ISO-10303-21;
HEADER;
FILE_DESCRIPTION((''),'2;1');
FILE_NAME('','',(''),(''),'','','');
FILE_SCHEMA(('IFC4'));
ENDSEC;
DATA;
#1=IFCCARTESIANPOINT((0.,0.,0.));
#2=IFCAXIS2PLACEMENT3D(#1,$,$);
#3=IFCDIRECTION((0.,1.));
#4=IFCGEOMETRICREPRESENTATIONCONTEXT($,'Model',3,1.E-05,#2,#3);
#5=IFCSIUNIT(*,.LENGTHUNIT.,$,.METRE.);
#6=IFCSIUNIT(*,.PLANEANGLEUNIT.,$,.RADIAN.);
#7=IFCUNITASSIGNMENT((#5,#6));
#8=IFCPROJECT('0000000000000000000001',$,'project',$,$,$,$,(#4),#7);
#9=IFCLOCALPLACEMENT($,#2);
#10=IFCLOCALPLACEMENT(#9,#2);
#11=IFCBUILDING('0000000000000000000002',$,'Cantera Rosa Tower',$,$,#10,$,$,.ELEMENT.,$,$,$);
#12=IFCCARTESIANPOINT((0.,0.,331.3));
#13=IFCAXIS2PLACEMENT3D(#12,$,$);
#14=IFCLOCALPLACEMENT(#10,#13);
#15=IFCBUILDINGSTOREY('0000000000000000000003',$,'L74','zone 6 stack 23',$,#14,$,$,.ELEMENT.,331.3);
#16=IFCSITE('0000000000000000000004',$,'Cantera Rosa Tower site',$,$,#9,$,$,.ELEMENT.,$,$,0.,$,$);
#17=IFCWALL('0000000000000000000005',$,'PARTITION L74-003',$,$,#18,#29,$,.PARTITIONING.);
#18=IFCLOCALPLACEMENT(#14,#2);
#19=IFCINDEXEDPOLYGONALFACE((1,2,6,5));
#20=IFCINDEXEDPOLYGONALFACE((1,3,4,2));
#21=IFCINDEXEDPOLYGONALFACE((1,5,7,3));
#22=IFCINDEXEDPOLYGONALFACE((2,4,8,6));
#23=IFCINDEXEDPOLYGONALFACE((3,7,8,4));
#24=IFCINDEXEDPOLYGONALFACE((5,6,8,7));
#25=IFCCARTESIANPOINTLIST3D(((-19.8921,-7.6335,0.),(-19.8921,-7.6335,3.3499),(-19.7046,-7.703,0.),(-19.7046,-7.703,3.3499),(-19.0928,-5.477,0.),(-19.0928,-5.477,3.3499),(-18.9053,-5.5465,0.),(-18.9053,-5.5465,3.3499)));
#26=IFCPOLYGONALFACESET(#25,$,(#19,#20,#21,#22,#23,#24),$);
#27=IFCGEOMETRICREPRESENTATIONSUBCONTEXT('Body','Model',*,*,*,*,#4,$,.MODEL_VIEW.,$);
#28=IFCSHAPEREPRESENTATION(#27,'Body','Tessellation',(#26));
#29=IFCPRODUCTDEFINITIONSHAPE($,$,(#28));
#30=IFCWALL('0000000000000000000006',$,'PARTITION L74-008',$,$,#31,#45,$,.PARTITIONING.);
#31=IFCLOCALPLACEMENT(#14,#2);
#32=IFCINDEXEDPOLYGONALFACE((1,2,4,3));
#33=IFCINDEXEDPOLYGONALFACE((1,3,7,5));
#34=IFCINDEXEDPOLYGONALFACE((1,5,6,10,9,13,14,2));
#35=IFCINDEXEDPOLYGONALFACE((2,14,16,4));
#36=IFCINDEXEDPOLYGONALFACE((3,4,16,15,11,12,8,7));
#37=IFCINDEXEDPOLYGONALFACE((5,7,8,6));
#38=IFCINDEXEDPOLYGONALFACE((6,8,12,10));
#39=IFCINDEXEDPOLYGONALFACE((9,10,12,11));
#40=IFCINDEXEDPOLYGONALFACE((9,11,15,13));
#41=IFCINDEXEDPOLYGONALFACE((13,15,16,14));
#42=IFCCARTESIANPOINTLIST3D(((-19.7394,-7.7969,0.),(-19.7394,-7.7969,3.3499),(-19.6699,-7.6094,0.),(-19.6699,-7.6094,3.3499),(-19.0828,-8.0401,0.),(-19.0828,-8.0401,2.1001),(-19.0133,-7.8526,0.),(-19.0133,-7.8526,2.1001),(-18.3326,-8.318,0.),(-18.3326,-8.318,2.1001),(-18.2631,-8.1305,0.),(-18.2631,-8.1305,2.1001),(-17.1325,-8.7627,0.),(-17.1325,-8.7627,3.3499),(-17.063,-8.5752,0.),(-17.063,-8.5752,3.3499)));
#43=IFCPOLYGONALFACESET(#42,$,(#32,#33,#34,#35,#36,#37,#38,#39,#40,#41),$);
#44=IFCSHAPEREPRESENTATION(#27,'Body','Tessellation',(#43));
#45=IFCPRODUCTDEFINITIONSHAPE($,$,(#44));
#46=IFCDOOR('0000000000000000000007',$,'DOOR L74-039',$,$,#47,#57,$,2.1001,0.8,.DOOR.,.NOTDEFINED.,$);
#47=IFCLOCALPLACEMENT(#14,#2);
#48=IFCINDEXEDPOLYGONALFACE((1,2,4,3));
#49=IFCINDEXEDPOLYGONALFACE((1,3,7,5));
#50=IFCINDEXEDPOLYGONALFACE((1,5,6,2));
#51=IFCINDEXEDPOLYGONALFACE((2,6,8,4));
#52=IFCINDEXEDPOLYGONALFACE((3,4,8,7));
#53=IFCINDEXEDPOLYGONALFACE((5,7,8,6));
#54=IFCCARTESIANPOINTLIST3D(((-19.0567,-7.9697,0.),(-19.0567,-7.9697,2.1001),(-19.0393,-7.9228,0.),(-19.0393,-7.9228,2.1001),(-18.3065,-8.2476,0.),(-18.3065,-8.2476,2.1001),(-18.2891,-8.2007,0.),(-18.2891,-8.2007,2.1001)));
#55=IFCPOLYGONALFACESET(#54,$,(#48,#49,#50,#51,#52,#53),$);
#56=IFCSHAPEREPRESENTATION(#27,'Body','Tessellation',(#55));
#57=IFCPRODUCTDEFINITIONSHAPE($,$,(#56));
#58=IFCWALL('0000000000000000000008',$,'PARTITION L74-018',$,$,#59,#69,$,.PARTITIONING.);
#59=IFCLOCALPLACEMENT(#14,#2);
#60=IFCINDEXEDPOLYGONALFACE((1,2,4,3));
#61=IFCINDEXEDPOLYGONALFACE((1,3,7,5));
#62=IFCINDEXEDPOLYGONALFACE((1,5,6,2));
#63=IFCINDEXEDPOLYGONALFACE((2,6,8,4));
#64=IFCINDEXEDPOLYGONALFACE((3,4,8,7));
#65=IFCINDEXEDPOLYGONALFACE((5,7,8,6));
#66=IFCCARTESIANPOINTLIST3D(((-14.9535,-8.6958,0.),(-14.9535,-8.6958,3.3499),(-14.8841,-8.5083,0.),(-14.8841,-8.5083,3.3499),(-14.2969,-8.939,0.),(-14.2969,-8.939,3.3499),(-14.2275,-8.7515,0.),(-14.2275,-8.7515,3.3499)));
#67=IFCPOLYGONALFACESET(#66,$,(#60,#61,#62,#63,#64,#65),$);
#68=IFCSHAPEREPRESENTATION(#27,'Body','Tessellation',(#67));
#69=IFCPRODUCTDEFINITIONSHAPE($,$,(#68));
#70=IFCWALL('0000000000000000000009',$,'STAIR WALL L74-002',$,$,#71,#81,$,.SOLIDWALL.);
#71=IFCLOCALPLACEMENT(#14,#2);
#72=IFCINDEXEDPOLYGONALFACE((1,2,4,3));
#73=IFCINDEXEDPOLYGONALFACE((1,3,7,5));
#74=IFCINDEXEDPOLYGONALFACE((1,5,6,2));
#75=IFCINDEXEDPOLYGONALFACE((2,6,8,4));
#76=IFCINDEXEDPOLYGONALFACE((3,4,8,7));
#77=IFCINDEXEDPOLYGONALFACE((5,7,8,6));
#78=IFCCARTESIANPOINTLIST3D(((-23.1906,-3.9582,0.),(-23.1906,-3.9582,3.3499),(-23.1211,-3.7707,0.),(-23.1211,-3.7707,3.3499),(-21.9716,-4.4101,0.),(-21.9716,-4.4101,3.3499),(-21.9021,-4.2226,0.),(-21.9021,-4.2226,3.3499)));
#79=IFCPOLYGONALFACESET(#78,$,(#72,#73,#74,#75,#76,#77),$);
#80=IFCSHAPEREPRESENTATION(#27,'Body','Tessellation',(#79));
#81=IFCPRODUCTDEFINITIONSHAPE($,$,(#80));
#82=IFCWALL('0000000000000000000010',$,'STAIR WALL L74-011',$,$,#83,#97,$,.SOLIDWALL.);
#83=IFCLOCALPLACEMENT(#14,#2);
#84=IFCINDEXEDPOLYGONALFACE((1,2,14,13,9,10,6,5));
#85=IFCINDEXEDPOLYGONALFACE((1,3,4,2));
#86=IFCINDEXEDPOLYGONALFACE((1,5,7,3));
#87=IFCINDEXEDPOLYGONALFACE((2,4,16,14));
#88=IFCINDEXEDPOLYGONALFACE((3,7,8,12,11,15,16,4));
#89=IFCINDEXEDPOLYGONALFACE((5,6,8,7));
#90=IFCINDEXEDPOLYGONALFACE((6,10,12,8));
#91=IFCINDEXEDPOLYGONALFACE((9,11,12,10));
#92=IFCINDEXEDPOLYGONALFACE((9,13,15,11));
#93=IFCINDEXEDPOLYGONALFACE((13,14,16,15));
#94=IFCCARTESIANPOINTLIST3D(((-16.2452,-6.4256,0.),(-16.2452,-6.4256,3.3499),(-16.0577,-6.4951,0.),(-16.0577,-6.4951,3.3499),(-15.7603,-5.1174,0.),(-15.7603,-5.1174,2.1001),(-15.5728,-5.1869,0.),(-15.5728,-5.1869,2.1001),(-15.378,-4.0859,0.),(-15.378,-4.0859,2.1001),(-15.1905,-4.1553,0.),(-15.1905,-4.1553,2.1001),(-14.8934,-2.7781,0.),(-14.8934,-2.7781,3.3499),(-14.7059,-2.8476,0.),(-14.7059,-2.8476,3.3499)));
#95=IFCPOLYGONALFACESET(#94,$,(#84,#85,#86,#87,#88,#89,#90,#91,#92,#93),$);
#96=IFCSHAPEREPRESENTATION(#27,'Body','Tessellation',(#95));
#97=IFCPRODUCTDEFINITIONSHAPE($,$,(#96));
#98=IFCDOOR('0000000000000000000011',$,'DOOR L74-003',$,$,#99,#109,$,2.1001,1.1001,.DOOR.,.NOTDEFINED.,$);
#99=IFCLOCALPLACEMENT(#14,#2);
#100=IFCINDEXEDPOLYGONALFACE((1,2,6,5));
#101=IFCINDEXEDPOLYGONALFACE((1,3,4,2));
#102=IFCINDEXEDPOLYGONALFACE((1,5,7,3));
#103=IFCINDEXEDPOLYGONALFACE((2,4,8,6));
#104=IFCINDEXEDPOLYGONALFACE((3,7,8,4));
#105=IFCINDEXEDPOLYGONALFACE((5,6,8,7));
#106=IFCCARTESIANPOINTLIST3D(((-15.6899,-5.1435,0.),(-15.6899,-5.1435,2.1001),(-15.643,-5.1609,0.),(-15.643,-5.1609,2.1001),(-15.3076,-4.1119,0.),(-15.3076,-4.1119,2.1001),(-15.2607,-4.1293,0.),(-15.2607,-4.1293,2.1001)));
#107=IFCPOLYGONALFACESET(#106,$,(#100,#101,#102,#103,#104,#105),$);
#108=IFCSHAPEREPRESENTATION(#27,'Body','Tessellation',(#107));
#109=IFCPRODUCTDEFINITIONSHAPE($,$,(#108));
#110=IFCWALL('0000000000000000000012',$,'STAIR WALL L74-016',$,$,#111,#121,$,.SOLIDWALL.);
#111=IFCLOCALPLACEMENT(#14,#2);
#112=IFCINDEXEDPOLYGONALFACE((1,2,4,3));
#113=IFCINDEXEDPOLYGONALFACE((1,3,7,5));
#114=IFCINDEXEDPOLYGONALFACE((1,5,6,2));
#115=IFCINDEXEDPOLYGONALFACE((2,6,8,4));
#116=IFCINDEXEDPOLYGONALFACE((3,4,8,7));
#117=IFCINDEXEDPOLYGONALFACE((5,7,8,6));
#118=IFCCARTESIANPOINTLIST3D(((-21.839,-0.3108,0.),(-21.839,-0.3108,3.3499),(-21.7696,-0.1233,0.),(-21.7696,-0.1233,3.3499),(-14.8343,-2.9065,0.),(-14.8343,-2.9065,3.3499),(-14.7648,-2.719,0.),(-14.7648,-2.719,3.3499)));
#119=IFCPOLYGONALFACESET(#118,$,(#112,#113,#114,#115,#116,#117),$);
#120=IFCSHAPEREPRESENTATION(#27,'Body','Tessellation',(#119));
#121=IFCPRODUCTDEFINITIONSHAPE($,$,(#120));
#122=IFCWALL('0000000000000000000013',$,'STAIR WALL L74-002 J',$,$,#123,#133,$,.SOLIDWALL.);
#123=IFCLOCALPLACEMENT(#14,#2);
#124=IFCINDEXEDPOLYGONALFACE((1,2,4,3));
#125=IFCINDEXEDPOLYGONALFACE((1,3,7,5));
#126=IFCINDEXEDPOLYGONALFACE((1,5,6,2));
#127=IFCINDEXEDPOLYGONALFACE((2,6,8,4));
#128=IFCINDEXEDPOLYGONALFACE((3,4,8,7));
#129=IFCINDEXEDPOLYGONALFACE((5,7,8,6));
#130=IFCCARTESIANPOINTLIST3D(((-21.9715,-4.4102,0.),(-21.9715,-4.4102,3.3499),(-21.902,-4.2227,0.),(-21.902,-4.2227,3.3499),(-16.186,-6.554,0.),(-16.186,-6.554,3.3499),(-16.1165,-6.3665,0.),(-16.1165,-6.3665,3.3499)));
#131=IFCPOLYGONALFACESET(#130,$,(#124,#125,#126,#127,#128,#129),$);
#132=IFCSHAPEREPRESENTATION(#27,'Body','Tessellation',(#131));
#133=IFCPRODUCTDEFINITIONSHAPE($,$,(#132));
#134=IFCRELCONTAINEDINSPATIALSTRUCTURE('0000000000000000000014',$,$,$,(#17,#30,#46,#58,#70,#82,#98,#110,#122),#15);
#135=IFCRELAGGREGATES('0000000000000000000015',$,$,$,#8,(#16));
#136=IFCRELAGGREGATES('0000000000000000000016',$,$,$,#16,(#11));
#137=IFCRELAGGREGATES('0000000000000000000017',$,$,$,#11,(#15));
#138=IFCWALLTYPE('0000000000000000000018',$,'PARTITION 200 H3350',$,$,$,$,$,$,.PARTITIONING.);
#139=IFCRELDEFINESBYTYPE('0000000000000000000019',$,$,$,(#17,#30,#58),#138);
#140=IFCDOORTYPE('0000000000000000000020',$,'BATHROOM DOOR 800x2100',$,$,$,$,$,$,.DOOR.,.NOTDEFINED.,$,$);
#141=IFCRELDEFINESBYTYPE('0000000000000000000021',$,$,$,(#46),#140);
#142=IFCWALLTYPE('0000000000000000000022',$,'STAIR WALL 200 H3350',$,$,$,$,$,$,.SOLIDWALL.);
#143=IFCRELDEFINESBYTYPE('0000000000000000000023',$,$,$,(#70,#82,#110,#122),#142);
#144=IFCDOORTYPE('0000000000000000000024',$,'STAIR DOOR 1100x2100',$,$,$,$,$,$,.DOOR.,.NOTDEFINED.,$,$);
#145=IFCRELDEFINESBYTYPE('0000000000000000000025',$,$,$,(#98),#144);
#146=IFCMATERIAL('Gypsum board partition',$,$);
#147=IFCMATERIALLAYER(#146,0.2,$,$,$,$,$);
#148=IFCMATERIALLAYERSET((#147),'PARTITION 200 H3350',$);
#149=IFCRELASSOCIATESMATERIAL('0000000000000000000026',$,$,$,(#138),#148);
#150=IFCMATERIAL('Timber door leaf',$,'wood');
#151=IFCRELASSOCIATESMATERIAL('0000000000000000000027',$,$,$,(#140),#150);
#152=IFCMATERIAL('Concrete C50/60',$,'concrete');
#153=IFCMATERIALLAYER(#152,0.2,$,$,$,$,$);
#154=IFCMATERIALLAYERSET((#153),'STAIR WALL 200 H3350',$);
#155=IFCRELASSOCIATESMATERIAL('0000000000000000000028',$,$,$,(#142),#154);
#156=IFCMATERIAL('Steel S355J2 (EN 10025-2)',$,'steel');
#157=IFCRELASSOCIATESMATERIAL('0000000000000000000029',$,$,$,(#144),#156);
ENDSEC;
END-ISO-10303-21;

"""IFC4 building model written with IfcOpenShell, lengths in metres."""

from ifc_helpers import new_model, si_unit, direction, frame, frame_2d, origin, place, context, subcontext, project, spatial, rectangle, extrude, material, layer, layer_set, type_object, element, fill, save


model = new_model("IFC4")

# Units and contexts
model_context = context("Model", 3, precision=1e-05, world=origin(), true_north=direction((0.0, 1.0)))
body_context = subcontext(model_context, "Body", "Model", "MODEL_VIEW")
ifc_project = project(units=[si_unit("LENGTHUNIT", "METRE"), si_unit("PLANEANGLEUNIT", "RADIAN")], contexts=[model_context])

# Site, building, storey
site_placement = place(None, origin())
site = spatial("IfcSite", under=ifc_project, at=site_placement, Name="Cantera Rosa Tower site", CompositionType="ELEMENT", RefElevation=0.0)
building_placement = place(site_placement, origin())
building = spatial("IfcBuilding", under=site, at=building_placement, Name="Cantera Rosa Tower", CompositionType="ELEMENT")
storey_placement = place(building_placement, frame((0.0, 0.0, 331.3)))
storey = spatial("IfcBuildingStorey", under=building, at=storey_placement, Name="L74", Description="zone 6 stack 23", CompositionType="ELEMENT", Elevation=331.3)

# Shared definitions
ifc_material_1 = material(Name="Gypsum board partition")
ifc_layer_1 = layer(ifc_material_1, 0.2)
ifc_layer_set_1 = layer_set([ifc_layer_1], Name="PARTITION 200 H3350")
wall_type_1 = type_object("IfcWallType", Name="PARTITION 200 H3350", PredefinedType="PARTITIONING", material=ifc_layer_set_1)

# Wall
wall_1_placement = place(storey_placement, frame((-19.7983, -7.6682, 0.0), z_axis=(0.0, 0.0, 1.0), x_axis=(0.347549, 0.937662, 0.0)))
element("IfcWall", 1, at=wall_1_placement, inside=storey, type_object=wall_type_1, Name="PARTITION L74-003", PredefinedType="PARTITIONING", context=body_context, shape_type="SweptSolid", body=[
    extrude(rectangle(XDim=2.2998, YDim=0.2, at=frame_2d((1.1499, 0.0))), origin(), (0.0, 0.0, 1.0), 3.3499),
])

# Wall, opening, door
wall_2_placement = place(storey_placement, frame((-17.0977, -8.6689, 0.0), z_axis=(0.0, 0.0, 1.0), x_axis=(-0.937715, 0.347406, 0.0)))
wall_2 = element("IfcWall", 2, at=wall_2_placement, inside=storey, type_object=wall_type_1, Name="PARTITION L74-008", PredefinedType="PARTITIONING", context=body_context, shape_type="SweptSolid", body=[
    extrude(rectangle(XDim=2.78, YDim=0.2, at=frame_2d((1.3901, 0.0))), origin(), (0.0, 0.0, 1.0), 3.3499),
])
opening_1_placement = place(wall_2_placement, frame((1.28, 0.0, 0.0)))
opening_1 = element("IfcOpeningElement", 3, at=opening_1_placement, cuts=wall_2, PredefinedType="OPENING", context=body_context, shape_type="SweptSolid", body=[
    extrude(rectangle(XDim=0.8, YDim=2.1001, at=frame_2d((0.3999, 1.05))), frame((0.0, 0.1099, 0.0), z_axis=(0.0, -1.0, 0.0), x_axis=(1.0, 0.0, 0.0)), (0.0, 0.0, 1.0), 0.22),
])
ifc_material_2 = material(Name="Timber door leaf", Category="wood")
door_type_1 = type_object("IfcDoorType", Name="BATHROOM DOOR 800x2100", OperationType="NOTDEFINED", PredefinedType="DOOR", material=ifc_material_2)
door_1_placement = place(opening_1_placement, origin())
door_1 = element("IfcDoor", 4, at=door_1_placement, inside=storey, type_object=door_type_1, Name="DOOR L74-039", OperationType="NOTDEFINED", OverallHeight=2.1001, OverallWidth=0.8, PredefinedType="DOOR", context=body_context, shape_type="SweptSolid", body=[
    extrude(rectangle(XDim=0.8, YDim=2.1001, at=frame_2d((0.3999, 1.05))), frame((0.0, 0.0249, 0.0), z_axis=(0.0, -1.0, 0.0), x_axis=(1.0, 0.0, 0.0)), (0.0, 0.0, 1.0), 0.05),
])
fill(opening_1, door_1)

# Walls
wall_3_placement = place(storey_placement, frame((-14.2622, -8.8452, 0.0), z_axis=(0.0, 0.0, 1.0), x_axis=(-0.93774, 0.347337, 0.0)))
element("IfcWall", 5, at=wall_3_placement, inside=storey, type_object=wall_type_1, Name="PARTITION L74-018", PredefinedType="PARTITIONING", context=body_context, shape_type="SweptSolid", body=[
    extrude(rectangle(XDim=0.7002, YDim=0.2, at=frame_2d((0.3501, 0.0))), origin(), (0.0, 0.0, 1.0), 3.3499),
])
ifc_material_3 = material(Name="Concrete C50/60", Category="concrete")
ifc_layer_2 = layer(ifc_material_3, 0.2)
ifc_layer_set_2 = layer_set([ifc_layer_2], Name="STAIR WALL 200 H3350")
wall_type_2 = type_object("IfcWallType", Name="STAIR WALL 200 H3350", PredefinedType="SOLIDWALL", material=ifc_layer_set_2)
wall_4_placement = place(storey_placement, frame((-23.1558, -3.8645, 0.0), z_axis=(0.0, 0.0, 1.0), x_axis=(0.937642, -0.347602, 0.0)))
element("IfcWall", 6, at=wall_4_placement, inside=storey, type_object=wall_type_2, Name="STAIR WALL L74-002", PredefinedType="SOLIDWALL", context=body_context, shape_type="SweptSolid", body=[
    extrude(rectangle(XDim=1.3, YDim=0.2, at=frame_2d((0.6499, 0.0))), origin(), (0.0, 0.0, 1.0), 3.3499),
])

# Wall, opening, door
wall_5_placement = place(storey_placement, frame((-16.1514, -6.4602, 0.0), z_axis=(0.0, 0.0, 1.0), x_axis=(0.347517, 0.937674, 0.0)))
wall_5 = element("IfcWall", 7, at=wall_5_placement, inside=storey, type_object=wall_type_2, Name="STAIR WALL L74-011", PredefinedType="SOLIDWALL", context=body_context, shape_type="SweptSolid", body=[
    extrude(rectangle(XDim=3.8899, YDim=0.2, at=frame_2d((1.9448, 0.0))), origin(), (0.0, 0.0, 1.0), 3.3499),
])
opening_2_placement = place(wall_5_placement, frame((1.395, 0.0, 0.0)))
opening_2 = element("IfcOpeningElement", 8, at=opening_2_placement, cuts=wall_5, PredefinedType="OPENING", context=body_context, shape_type="SweptSolid", body=[
    extrude(rectangle(XDim=1.1001, YDim=2.1001, at=frame_2d((0.55, 1.05))), frame((0.0, 0.1099, 0.0), z_axis=(0.0, -1.0, 0.0), x_axis=(1.0, 0.0, 0.0)), (0.0, 0.0, 1.0), 0.22),
])
ifc_material_4 = material(Name="Steel S355J2 (EN 10025-2)", Category="steel")
door_type_2 = type_object("IfcDoorType", Name="STAIR DOOR 1100x2100", OperationType="NOTDEFINED", PredefinedType="DOOR", material=ifc_material_4)
door_2_placement = place(opening_2_placement, origin())
door_2 = element("IfcDoor", 9, at=door_2_placement, inside=storey, type_object=door_type_2, Name="DOOR L74-003", OperationType="NOTDEFINED", OverallHeight=2.1001, OverallWidth=1.1001, PredefinedType="DOOR", context=body_context, shape_type="SweptSolid", body=[
    extrude(rectangle(XDim=1.1001, YDim=2.1001, at=frame_2d((0.55, 1.05))), frame((0.0, 0.0249, 0.0), z_axis=(0.0, -1.0, 0.0), x_axis=(1.0, 0.0, 0.0)), (0.0, 0.0, 1.0), 0.05),
])
fill(opening_2, door_2)

# Walls
wall_6_placement = place(storey_placement, frame((-14.7996, -2.8127, 0.0), z_axis=(0.0, 0.0, 1.0), x_axis=(-0.937688, 0.347478, 0.0)))
element("IfcWall", 10, at=wall_6_placement, inside=storey, type_object=wall_type_2, Name="STAIR WALL L74-016", PredefinedType="SOLIDWALL", context=body_context, shape_type="SweptSolid", body=[
    extrude(rectangle(XDim=7.4702, YDim=0.2, at=frame_2d((3.7351, 0.0))), origin(), (0.0, 0.0, 1.0), 3.3499),
])
wall_7_placement = place(storey_placement, frame((-21.9368, -4.3164, 0.0), z_axis=(0.0, 0.0, 1.0), x_axis=(0.937693, -0.347465, 0.0)))
element("IfcWall", 11, at=wall_7_placement, inside=storey, type_object=wall_type_2, Name="STAIR WALL L74-002 J", PredefinedType="SOLIDWALL", context=body_context, shape_type="SweptSolid", body=[
    extrude(rectangle(XDim=6.1699, YDim=0.2, at=frame_2d((3.085, 0.0))), origin(), (0.0, 0.0, 1.0), 3.3499),
])

save(model, "model.ifc")
